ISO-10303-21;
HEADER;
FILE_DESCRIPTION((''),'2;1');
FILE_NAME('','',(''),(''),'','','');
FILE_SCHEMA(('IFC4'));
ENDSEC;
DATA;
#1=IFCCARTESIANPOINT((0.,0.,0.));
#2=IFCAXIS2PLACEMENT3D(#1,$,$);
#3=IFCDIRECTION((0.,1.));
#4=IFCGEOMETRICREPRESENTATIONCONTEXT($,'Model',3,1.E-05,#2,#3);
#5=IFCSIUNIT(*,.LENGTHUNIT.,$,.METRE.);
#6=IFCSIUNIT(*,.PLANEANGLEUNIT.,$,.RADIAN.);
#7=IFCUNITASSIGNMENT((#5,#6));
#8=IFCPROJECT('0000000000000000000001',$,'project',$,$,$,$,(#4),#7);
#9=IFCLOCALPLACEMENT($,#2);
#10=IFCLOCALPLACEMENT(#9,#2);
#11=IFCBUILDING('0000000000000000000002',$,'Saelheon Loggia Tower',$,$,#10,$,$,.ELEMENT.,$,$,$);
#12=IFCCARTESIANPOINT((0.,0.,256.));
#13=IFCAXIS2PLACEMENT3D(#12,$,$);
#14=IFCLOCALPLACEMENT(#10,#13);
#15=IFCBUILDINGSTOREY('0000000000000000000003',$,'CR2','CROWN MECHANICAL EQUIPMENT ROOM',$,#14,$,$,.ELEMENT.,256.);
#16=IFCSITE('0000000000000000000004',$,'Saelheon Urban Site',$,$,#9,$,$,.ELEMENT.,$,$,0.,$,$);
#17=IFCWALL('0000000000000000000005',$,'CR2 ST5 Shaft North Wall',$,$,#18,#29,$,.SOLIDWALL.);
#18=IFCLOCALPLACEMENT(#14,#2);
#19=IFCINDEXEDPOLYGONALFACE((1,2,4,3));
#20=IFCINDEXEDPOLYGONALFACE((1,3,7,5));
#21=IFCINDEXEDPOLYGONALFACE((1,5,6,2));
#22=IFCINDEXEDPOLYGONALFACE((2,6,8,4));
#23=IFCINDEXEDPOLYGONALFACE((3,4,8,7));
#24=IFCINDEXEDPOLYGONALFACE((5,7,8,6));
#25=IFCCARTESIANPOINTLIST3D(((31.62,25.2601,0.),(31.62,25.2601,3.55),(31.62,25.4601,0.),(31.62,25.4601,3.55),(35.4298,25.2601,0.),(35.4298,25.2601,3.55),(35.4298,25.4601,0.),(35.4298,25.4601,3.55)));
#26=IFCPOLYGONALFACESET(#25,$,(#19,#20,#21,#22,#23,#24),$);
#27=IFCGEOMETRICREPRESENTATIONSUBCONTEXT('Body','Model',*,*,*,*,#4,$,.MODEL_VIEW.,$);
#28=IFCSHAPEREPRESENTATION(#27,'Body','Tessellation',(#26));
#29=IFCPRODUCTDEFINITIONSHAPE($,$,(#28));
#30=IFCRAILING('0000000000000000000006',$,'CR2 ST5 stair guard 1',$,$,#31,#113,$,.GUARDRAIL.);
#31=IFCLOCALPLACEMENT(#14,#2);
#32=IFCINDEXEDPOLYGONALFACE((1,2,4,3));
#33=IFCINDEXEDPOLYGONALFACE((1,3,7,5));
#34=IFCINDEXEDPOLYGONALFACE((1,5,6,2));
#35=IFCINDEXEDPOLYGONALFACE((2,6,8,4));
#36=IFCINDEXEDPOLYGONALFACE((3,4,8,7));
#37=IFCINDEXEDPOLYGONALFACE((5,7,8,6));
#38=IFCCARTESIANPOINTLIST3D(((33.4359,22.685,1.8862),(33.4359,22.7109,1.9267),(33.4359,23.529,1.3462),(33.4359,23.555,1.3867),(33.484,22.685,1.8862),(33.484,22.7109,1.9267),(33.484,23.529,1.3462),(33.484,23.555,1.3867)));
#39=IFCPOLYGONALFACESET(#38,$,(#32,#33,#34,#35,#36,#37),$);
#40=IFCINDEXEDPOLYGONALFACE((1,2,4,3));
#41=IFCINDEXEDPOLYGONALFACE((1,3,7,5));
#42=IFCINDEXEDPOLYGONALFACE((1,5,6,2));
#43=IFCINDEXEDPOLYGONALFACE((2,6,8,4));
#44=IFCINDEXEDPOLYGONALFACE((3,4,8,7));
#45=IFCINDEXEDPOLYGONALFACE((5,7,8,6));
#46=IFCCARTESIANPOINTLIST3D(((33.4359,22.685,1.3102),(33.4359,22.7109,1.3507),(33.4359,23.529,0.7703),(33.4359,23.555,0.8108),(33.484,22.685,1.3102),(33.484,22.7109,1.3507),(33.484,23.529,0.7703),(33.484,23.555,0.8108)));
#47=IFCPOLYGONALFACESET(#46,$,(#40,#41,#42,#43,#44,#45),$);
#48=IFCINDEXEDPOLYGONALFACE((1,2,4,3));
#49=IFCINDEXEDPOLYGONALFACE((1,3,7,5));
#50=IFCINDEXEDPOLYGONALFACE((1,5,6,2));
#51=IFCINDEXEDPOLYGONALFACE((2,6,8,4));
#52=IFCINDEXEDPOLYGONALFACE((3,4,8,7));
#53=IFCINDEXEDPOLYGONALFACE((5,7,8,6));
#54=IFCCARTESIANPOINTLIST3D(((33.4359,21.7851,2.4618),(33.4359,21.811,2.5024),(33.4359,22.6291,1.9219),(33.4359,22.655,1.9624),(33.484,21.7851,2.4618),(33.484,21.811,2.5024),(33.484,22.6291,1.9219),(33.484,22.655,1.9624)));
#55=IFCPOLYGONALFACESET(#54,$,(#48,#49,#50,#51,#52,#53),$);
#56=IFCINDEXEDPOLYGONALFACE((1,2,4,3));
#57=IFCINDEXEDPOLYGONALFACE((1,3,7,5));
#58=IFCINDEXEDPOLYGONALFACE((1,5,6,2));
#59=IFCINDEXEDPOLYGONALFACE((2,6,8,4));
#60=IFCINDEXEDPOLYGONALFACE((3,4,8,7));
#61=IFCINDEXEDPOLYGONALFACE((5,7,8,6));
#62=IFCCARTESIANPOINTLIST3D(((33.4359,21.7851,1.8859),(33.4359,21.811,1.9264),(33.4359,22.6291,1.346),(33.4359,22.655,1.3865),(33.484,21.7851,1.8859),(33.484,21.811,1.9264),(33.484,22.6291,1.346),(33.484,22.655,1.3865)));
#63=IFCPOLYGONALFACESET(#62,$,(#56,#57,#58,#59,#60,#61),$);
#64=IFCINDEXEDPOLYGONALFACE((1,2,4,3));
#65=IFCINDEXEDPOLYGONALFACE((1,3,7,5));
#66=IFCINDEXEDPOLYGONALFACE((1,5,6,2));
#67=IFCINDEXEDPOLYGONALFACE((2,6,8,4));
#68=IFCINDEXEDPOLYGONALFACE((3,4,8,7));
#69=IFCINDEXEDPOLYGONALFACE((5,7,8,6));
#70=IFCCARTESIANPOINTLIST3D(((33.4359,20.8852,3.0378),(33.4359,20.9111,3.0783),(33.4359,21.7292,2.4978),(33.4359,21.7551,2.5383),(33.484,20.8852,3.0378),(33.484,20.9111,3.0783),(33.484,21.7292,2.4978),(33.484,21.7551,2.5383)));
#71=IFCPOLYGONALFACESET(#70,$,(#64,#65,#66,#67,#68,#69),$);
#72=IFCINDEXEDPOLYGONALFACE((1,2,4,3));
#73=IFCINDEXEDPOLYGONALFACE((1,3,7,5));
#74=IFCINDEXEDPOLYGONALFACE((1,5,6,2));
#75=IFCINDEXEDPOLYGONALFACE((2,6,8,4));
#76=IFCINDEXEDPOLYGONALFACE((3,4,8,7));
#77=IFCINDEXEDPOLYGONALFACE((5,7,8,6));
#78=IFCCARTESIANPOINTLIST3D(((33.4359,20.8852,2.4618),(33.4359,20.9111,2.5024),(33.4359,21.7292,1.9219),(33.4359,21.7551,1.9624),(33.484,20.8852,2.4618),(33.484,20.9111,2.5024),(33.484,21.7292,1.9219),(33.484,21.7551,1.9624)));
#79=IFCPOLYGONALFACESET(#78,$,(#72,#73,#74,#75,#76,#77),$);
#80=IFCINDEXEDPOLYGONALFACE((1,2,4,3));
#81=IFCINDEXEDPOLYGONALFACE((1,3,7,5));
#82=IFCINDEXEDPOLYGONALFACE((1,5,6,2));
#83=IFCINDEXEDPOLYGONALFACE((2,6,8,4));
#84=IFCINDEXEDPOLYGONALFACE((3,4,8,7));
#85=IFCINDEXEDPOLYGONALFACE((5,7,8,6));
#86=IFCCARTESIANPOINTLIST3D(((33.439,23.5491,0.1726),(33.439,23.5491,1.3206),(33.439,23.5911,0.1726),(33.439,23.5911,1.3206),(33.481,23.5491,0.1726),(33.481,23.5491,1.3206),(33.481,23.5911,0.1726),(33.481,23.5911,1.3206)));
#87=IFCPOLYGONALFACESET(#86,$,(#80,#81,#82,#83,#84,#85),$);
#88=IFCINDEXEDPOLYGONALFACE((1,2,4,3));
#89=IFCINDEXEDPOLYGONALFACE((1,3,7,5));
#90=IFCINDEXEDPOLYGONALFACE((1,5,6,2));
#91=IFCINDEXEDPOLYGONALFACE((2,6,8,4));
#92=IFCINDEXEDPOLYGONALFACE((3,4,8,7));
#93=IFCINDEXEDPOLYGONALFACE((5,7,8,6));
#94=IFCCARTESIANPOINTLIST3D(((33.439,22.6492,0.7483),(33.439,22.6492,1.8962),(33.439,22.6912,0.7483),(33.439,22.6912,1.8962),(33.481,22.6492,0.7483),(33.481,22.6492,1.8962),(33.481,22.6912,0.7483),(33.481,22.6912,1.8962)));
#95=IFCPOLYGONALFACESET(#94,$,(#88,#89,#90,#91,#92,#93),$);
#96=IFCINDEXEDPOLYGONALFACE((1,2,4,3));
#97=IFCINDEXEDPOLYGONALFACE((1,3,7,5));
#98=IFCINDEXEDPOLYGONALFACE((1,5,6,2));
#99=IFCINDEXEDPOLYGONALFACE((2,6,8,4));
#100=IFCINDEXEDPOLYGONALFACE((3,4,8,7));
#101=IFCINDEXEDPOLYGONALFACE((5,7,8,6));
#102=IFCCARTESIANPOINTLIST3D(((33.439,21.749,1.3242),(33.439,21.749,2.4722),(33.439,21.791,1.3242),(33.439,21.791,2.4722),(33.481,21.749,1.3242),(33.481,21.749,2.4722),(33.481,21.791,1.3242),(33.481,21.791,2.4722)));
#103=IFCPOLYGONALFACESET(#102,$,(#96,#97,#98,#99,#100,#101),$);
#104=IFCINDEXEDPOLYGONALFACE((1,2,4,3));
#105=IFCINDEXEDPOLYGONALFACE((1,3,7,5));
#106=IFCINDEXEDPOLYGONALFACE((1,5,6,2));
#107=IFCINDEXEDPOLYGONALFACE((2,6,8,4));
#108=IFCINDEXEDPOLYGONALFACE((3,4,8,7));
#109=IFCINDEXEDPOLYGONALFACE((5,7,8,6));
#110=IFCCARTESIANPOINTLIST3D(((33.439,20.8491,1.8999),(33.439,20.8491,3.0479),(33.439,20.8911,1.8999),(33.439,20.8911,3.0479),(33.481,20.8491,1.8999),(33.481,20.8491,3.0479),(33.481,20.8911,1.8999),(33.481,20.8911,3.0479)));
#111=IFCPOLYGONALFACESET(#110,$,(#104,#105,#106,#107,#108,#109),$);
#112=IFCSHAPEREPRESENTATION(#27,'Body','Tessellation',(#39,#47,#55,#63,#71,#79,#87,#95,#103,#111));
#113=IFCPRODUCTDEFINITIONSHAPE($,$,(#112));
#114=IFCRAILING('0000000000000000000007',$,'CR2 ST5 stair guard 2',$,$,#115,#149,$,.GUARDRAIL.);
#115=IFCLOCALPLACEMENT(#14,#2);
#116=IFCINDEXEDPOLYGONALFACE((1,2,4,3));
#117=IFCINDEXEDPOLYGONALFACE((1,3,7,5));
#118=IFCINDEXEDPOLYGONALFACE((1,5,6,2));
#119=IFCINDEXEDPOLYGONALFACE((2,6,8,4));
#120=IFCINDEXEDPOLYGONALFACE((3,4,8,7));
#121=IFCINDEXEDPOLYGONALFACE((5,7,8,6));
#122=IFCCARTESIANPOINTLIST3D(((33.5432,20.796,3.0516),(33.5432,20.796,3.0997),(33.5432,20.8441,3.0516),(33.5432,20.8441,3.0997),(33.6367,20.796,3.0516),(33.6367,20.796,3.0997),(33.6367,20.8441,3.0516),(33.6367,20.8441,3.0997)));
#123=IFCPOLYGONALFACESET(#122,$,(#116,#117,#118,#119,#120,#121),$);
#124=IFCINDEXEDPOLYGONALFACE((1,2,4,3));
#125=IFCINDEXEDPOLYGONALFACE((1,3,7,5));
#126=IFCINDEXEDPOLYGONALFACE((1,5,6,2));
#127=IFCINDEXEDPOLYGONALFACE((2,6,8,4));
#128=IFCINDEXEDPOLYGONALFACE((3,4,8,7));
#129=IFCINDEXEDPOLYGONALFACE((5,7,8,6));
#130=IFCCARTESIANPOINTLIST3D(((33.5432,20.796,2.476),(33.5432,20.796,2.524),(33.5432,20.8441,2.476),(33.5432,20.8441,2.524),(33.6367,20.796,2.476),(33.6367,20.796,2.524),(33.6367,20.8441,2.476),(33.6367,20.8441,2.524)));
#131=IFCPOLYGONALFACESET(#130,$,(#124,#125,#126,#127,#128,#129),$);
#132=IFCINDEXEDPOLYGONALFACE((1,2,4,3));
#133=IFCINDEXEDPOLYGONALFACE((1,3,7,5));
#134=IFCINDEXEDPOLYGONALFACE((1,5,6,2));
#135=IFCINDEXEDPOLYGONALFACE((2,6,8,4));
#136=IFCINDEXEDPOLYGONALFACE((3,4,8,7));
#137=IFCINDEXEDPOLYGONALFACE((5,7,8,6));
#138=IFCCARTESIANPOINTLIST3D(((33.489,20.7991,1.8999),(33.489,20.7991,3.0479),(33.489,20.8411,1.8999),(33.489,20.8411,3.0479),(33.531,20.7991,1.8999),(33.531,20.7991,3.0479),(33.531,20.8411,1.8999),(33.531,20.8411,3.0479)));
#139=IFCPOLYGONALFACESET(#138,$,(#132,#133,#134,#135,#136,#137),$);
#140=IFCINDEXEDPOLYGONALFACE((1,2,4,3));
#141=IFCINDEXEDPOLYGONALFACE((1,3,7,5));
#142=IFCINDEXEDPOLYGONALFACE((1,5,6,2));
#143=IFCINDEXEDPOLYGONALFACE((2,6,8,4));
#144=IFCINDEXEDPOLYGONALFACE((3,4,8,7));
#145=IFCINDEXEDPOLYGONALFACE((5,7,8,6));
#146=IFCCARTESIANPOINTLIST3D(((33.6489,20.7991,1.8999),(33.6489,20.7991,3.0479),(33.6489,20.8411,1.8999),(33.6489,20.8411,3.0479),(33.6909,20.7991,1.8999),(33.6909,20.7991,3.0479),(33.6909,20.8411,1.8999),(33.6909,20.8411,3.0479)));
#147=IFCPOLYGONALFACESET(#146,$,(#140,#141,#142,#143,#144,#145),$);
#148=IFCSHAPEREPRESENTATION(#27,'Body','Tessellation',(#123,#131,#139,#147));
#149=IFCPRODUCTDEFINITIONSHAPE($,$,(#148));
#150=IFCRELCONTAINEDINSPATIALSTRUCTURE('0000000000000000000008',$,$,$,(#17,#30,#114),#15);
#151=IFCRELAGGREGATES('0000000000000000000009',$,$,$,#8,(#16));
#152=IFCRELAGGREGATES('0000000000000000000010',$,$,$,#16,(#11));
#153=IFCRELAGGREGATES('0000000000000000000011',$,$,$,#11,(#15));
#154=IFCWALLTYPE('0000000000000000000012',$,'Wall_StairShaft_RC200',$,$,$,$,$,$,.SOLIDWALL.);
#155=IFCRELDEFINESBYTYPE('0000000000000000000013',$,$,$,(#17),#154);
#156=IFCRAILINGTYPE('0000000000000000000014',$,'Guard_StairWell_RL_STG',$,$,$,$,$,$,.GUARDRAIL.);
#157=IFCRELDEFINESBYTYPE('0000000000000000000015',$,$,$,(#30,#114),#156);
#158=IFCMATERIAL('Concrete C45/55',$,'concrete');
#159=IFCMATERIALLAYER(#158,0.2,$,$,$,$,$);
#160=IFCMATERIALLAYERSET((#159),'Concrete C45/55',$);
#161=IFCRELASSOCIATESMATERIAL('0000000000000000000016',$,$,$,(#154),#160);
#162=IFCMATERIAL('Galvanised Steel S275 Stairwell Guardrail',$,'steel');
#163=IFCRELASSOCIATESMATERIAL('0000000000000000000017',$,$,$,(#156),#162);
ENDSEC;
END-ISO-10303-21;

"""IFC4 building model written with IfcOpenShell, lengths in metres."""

from ifc_helpers import new_model, si_unit, direction, frame, frame_2d, origin, origin_2d, place, context, subcontext, project, spatial, rectangle, extrude, material, layer, layer_set, type_object, element, save


model = new_model("IFC4")

# Units and contexts
model_context = context("Model", 3, precision=1e-05, world=origin(), true_north=direction((0.0, 1.0)))
body_context = subcontext(model_context, "Body", "Model", "MODEL_VIEW")
ifc_project = project(units=[si_unit("LENGTHUNIT", "METRE"), si_unit("PLANEANGLEUNIT", "RADIAN")], contexts=[model_context])

# Site, building, storey
site_placement = place(None, origin())
site = spatial("IfcSite", under=ifc_project, at=site_placement, Name="Saelheon Urban Site", CompositionType="ELEMENT", RefElevation=0.0)
building_placement = place(site_placement, origin())
building = spatial("IfcBuilding", under=site, at=building_placement, Name="Saelheon Loggia Tower", CompositionType="ELEMENT")
storey_placement = place(building_placement, frame((0.0, 0.0, 256.0)))
storey = spatial("IfcBuildingStorey", under=building, at=storey_placement, Name="CR2", Description="CROWN MECHANICAL EQUIPMENT ROOM", CompositionType="ELEMENT", Elevation=256.0)

# Shared definitions
ifc_material_1 = material(Name="Concrete C45/55", Category="concrete")
ifc_layer_1 = layer(ifc_material_1, 0.2)
ifc_layer_set_1 = layer_set([ifc_layer_1], Name="Concrete C45/55")
wall_type_1 = type_object("IfcWallType", Name="Wall_StairShaft_RC200", PredefinedType="SOLIDWALL", material=ifc_layer_set_1)

# Wall
wall_1_placement = place(storey_placement, frame((31.6201, 25.3601, 0.0), z_axis=(0.0, 0.0, 1.0), x_axis=(1.0, 0.0, 0.0)))
element("IfcWall", 1, at=wall_1_placement, inside=storey, type_object=wall_type_1, Name="CR2 ST5 Shaft North Wall", PredefinedType="SOLIDWALL", context=body_context, shape_type="SweptSolid", body=[
    extrude(rectangle(XDim=3.8098, YDim=0.2, at=frame_2d((1.9048, 0.0))), origin(), (0.0, 0.0, 1.0), 3.55),
])

# Railings
ifc_material_2 = material(Name="Galvanised Steel S275 Stairwell Guardrail", Category="steel")
railing_type_1 = type_object("IfcRailingType", Name="Guard_StairWell_RL_STG", PredefinedType="GUARDRAIL", material=ifc_material_2)
railing_1_placement = place(storey_placement, frame((33.46, 23.5701, 0.1726)))
element("IfcRailing", 2, at=railing_1_placement, inside=storey, type_object=railing_type_1, Name="CR2 ST5 stair guard 1", PredefinedType="GUARDRAIL", context=body_context, shape_type="SweptSolid", body=[
    extrude(rectangle(XDim=0.0481, YDim=0.0481, at=origin_2d()), frame((0.0, -0.0281, 1.1938), z_axis=(0.0, -0.842367, 0.538905), x_axis=(1.0, 0.0, 0.0)), (0.0, 0.0, 1.0), 1.002),
    extrude(rectangle(XDim=0.0481, YDim=0.0481, at=origin_2d()), frame((0.0, -0.0281, 0.6179), z_axis=(0.0, -0.842367, 0.538905), x_axis=(1.0, 0.0, 0.0)), (0.0, 0.0, 1.0), 1.002),
    extrude(rectangle(XDim=0.0481, YDim=0.0481, at=origin_2d()), frame((0.0, -0.928, 1.7695), z_axis=(0.0, -0.842367, 0.538905), x_axis=(1.0, 0.0, 0.0)), (0.0, 0.0, 1.0), 1.002),
    extrude(rectangle(XDim=0.0481, YDim=0.0481, at=origin_2d()), frame((0.0, -0.928, 1.1936), z_axis=(0.0, -0.842367, 0.538905), x_axis=(1.0, 0.0, 0.0)), (0.0, 0.0, 1.0), 1.002),
    extrude(rectangle(XDim=0.0481, YDim=0.0481, at=origin_2d()), frame((0.0, -1.8279, 2.3455), z_axis=(0.0, -0.842367, 0.538905), x_axis=(1.0, 0.0, 0.0)), (0.0, 0.0, 1.0), 1.002),
    extrude(rectangle(XDim=0.0481, YDim=0.0481, at=origin_2d()), frame((0.0, -1.8279, 1.7695), z_axis=(0.0, -0.842367, 0.538905), x_axis=(1.0, 0.0, 0.0)), (0.0, 0.0, 1.0), 1.002),
    extrude(rectangle(XDim=0.042, YDim=0.042, at=origin_2d()), origin(), (0.0, 0.0, 1.0), 1.1479),
    extrude(rectangle(XDim=0.042, YDim=0.042, at=origin_2d()), frame((0.0, -0.8999, 0.5757)), (0.0, 0.0, 1.0), 1.1479),
    extrude(rectangle(XDim=0.042, YDim=0.042, at=origin_2d()), frame((0.0, -1.8, 1.1516)), (0.0, 0.0, 1.0), 1.1479),
    extrude(rectangle(XDim=0.042, YDim=0.042, at=origin_2d()), frame((0.0, -2.7, 1.7273)), (0.0, 0.0, 1.0), 1.1479),
])
railing_2_placement = place(storey_placement, frame((33.51, 20.8201, 1.8999)))
element("IfcRailing", 3, at=railing_2_placement, inside=storey, type_object=railing_type_1, Name="CR2 ST5 stair guard 2", PredefinedType="GUARDRAIL", context=body_context, shape_type="SweptSolid", body=[
    extrude(rectangle(XDim=0.0481, YDim=0.0481, at=origin_2d()), frame((0.0332, 0.0, 1.1758), z_axis=(1.0, 0.0, 0.0), x_axis=(0.0, 1.0, 0.0)), (0.0, 0.0, 1.0), 0.0935),
    extrude(rectangle(XDim=0.0481, YDim=0.0481, at=origin_2d()), frame((0.0332, 0.0, 0.6001), z_axis=(1.0, 0.0, 0.0), x_axis=(0.0, 1.0, 0.0)), (0.0, 0.0, 1.0), 0.0935),
    extrude(rectangle(XDim=0.042, YDim=0.042, at=origin_2d()), origin(), (0.0, 0.0, 1.0), 1.1479),
    extrude(rectangle(XDim=0.042, YDim=0.042, at=origin_2d()), frame((0.1599, 0.0, 0.0)), (0.0, 0.0, 1.0), 1.1479),
])

save(model, "model.ifc")
